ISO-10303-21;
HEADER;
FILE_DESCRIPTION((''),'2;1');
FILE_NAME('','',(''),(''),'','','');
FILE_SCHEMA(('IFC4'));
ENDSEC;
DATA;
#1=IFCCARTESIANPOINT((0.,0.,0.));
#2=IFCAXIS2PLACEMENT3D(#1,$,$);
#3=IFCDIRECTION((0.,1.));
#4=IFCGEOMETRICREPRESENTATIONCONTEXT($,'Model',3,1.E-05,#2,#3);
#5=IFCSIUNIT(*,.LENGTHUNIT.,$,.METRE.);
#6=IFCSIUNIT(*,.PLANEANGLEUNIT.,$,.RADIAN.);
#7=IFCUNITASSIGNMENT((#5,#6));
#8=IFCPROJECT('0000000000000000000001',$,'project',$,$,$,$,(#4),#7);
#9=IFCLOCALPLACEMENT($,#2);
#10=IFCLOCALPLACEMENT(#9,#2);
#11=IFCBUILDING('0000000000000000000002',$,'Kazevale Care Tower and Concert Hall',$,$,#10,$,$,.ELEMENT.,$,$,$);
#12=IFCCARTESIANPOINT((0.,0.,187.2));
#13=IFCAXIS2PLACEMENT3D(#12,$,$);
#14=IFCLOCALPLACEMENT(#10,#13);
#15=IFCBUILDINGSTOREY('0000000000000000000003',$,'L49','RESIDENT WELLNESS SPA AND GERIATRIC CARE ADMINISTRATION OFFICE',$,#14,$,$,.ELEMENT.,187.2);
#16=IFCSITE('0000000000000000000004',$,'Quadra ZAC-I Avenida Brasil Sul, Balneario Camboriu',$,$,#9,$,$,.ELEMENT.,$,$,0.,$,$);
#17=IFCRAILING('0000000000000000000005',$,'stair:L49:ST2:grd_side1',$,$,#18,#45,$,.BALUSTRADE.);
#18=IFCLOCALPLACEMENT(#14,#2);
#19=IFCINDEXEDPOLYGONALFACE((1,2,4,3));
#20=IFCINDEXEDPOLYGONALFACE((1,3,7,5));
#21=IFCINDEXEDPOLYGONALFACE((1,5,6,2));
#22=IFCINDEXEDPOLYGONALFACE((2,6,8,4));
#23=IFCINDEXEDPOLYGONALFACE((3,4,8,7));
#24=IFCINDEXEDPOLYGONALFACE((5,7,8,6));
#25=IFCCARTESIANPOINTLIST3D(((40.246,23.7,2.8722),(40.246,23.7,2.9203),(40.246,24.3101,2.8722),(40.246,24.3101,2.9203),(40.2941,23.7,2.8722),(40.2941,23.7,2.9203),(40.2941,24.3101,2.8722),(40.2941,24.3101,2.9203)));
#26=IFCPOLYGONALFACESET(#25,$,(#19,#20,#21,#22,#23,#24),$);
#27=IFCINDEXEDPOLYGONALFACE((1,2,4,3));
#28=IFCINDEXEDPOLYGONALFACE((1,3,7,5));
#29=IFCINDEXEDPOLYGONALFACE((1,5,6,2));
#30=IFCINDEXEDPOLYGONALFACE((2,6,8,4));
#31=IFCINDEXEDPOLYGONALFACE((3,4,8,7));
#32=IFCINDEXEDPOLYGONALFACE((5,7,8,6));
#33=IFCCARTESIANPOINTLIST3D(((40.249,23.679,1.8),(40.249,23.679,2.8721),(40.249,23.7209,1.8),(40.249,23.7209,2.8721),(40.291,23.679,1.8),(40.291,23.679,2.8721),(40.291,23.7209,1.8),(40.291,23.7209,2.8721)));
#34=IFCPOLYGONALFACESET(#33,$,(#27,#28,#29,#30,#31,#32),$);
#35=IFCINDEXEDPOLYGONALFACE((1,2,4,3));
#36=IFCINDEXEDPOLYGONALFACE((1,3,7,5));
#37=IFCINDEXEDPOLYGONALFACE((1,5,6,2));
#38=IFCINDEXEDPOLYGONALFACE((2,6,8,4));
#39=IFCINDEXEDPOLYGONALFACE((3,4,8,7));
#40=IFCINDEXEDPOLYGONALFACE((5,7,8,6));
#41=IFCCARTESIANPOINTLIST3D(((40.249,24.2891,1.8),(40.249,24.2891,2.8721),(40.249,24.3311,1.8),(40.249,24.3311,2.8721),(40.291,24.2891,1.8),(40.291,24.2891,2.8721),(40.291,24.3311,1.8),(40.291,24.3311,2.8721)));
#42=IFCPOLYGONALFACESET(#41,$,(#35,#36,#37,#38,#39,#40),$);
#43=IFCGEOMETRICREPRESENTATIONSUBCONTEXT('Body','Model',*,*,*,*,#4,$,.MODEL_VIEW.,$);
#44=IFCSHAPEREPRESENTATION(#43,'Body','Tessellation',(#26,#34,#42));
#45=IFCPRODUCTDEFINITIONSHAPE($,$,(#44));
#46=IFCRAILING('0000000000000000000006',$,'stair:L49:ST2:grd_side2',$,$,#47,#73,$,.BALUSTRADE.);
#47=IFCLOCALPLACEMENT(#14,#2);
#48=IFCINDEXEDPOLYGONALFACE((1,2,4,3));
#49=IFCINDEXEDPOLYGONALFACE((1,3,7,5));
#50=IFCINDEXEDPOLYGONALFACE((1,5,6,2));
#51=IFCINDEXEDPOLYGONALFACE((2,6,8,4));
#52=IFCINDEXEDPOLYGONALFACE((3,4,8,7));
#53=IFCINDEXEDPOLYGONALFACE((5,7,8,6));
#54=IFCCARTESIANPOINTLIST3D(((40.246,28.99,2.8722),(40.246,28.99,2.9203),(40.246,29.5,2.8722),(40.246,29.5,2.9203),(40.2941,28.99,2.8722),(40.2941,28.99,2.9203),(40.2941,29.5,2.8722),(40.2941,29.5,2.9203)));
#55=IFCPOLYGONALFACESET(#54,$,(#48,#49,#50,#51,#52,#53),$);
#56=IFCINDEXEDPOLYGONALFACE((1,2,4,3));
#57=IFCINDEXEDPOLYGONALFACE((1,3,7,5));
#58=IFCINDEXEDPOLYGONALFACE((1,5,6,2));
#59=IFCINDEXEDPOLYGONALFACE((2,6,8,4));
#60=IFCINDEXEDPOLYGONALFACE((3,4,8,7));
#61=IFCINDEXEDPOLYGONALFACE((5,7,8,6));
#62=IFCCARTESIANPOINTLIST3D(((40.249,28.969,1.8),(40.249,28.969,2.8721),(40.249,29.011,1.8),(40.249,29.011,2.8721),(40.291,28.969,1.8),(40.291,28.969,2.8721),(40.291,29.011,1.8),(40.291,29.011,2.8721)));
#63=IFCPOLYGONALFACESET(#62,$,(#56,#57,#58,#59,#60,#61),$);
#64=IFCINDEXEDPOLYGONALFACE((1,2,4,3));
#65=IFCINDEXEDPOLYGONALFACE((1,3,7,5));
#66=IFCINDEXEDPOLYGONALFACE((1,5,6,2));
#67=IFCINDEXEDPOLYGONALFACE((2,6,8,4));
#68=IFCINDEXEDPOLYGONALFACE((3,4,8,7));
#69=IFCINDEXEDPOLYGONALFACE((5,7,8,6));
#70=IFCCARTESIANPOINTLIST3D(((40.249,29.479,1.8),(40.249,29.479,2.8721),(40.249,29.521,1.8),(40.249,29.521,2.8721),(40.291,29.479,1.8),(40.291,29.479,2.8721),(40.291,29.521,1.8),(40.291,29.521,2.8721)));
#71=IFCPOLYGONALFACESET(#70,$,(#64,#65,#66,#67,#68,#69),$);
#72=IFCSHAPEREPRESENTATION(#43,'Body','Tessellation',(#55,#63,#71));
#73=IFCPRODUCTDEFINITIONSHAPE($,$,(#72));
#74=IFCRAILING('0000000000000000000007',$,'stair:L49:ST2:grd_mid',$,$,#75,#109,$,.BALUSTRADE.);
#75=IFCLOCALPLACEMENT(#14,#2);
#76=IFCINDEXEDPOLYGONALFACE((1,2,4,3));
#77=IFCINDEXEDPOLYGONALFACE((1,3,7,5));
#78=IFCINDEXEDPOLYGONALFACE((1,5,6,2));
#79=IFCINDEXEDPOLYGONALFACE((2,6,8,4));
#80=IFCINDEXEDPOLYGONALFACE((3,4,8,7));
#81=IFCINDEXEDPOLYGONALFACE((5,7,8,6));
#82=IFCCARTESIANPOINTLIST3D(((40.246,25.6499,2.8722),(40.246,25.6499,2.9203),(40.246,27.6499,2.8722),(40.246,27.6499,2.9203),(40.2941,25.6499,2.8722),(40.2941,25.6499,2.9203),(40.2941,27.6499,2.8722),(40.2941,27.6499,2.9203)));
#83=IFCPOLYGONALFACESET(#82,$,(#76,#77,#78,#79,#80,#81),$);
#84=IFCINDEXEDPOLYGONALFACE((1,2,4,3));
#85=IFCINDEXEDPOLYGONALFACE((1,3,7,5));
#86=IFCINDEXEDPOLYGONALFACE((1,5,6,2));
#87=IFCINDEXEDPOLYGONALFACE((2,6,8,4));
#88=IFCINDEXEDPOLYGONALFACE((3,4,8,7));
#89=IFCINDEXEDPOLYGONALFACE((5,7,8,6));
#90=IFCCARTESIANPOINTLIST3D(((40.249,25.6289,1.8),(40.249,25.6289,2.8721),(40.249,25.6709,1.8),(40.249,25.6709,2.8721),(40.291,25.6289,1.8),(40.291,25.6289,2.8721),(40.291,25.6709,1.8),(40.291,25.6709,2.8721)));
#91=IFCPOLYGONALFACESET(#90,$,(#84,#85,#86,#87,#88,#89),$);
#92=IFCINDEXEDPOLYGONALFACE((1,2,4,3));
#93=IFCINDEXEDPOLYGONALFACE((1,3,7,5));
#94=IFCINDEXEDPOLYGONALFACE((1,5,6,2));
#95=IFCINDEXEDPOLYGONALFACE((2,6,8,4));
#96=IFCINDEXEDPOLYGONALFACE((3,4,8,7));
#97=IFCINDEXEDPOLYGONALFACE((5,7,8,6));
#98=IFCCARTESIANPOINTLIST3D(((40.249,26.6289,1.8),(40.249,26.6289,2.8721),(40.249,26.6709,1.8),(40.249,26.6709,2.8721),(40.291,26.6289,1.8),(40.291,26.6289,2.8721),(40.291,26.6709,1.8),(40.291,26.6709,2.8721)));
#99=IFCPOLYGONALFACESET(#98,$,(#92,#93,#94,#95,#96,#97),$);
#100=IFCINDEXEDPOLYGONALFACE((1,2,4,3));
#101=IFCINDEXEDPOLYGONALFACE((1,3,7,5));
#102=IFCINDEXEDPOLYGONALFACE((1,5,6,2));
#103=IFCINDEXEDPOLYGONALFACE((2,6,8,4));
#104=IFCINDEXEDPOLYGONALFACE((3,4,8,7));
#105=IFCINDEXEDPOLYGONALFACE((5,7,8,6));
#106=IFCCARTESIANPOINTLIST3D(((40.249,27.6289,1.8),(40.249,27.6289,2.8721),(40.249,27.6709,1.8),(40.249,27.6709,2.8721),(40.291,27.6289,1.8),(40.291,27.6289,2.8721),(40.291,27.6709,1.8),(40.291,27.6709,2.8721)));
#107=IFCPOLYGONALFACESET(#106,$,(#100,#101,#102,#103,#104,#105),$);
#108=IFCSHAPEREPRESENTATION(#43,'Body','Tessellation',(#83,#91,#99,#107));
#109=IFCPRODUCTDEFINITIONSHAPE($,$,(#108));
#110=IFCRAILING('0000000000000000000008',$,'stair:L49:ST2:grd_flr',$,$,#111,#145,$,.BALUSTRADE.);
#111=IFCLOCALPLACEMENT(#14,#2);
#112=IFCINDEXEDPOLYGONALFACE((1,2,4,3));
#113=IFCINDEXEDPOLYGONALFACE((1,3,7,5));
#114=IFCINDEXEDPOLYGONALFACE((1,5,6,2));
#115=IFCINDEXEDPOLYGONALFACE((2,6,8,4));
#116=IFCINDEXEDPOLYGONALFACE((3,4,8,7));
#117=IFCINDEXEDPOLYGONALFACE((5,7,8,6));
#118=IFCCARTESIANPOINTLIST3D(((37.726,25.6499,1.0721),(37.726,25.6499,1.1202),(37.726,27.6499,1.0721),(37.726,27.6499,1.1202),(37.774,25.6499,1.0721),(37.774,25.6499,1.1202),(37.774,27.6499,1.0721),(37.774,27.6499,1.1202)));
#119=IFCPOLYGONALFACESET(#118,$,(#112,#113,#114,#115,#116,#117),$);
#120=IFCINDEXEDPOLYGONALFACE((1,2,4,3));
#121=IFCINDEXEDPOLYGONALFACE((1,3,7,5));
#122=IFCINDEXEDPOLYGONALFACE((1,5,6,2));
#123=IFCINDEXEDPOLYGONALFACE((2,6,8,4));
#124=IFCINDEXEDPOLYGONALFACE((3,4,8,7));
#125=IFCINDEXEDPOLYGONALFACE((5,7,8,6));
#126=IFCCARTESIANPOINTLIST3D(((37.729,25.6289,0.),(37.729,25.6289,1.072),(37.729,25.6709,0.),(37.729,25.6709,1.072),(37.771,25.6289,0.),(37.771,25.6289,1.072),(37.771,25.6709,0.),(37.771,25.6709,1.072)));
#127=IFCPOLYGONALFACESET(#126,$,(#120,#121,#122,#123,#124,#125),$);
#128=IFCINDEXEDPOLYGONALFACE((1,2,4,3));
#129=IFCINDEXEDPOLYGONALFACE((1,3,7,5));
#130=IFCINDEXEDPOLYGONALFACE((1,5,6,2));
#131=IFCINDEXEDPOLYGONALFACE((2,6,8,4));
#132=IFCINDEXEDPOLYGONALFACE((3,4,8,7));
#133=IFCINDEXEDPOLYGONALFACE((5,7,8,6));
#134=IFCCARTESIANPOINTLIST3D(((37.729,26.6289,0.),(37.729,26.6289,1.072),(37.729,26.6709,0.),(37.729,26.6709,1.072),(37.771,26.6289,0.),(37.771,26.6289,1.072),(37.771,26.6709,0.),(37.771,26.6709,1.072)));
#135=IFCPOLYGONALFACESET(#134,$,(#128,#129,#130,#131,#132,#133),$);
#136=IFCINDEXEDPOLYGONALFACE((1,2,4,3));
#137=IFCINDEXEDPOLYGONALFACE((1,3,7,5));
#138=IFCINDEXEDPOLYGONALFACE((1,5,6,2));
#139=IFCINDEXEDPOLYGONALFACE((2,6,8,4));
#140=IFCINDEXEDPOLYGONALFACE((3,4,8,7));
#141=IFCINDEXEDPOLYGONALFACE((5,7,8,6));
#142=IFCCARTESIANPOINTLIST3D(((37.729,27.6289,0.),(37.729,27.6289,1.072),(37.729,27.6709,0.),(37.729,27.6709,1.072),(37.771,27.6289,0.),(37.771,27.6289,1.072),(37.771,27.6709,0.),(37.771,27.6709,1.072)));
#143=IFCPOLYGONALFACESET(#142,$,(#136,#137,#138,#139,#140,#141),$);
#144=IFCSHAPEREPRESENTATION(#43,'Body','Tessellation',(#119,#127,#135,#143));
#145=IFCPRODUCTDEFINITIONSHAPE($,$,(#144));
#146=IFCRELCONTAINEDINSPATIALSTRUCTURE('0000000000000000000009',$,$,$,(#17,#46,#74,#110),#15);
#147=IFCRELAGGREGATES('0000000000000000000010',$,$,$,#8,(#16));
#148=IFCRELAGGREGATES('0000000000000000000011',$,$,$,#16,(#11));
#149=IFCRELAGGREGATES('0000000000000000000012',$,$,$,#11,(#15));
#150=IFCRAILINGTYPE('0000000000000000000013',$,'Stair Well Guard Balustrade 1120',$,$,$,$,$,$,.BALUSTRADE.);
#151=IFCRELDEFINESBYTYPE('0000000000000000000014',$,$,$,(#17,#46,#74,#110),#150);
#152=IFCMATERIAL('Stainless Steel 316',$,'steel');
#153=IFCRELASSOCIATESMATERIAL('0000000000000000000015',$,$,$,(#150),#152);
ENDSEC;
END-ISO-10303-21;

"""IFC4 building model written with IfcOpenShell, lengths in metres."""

from ifc_helpers import new_model, si_unit, direction, frame, origin, origin_2d, place, context, subcontext, project, spatial, rectangle, extrude, material, type_object, element, save


model = new_model("IFC4")

# Units and contexts
model_context = context("Model", 3, precision=1e-05, world=origin(), true_north=direction((0.0, 1.0)))
body_context = subcontext(model_context, "Body", "Model", "MODEL_VIEW")
ifc_project = project(units=[si_unit("LENGTHUNIT", "METRE"), si_unit("PLANEANGLEUNIT", "RADIAN")], contexts=[model_context])

# Site, building, storey
site_placement = place(None, origin())
site = spatial("IfcSite", under=ifc_project, at=site_placement, Name="Quadra ZAC-I Avenida Brasil Sul, Balneario Camboriu", CompositionType="ELEMENT", RefElevation=0.0)
building_placement = place(site_placement, origin())
building = spatial("IfcBuilding", under=site, at=building_placement, Name="Kazevale Care Tower and Concert Hall", CompositionType="ELEMENT")
storey_placement = place(building_placement, frame((0.0, 0.0, 187.2)))
storey = spatial("IfcBuildingStorey", under=building, at=storey_placement, Name="L49", Description="RESIDENT WELLNESS SPA AND GERIATRIC CARE ADMINISTRATION OFFICE", CompositionType="ELEMENT", Elevation=187.2)

# Railings
ifc_material_1 = material(Name="Stainless Steel 316", Category="steel")
railing_type_1 = type_object("IfcRailingType", Name="Stair Well Guard Balustrade 1120", PredefinedType="BALUSTRADE", material=ifc_material_1)
railing_1_placement = place(storey_placement, frame((40.27, 23.7, 1.8)))
element("IfcRailing", 1, at=railing_1_placement, inside=storey, type_object=railing_type_1, Name="stair:L49:ST2:grd_side1", PredefinedType="BALUSTRADE", context=body_context, shape_type="SweptSolid", body=[
    extrude(rectangle(XDim=0.0481, YDim=0.0481, at=origin_2d()), frame((0.0, 0.0, 1.0962), z_axis=(0.0, 1.0, 0.0), x_axis=(-1.0, 0.0, 0.0)), (0.0, 0.0, 1.0), 0.6101),
    extrude(rectangle(XDim=0.042, YDim=0.042, at=origin_2d()), origin(), (0.0, 0.0, 1.0), 1.072),
    extrude(rectangle(XDim=0.042, YDim=0.042, at=origin_2d()), frame((0.0, 0.6101, 0.0)), (0.0, 0.0, 1.0), 1.072),
])
railing_2_placement = place(storey_placement, frame((40.27, 28.99, 1.8)))
element("IfcRailing", 2, at=railing_2_placement, inside=storey, type_object=railing_type_1, Name="stair:L49:ST2:grd_side2", PredefinedType="BALUSTRADE", context=body_context, shape_type="SweptSolid", body=[
    extrude(rectangle(XDim=0.0481, YDim=0.0481, at=origin_2d()), frame((0.0, 0.0, 1.0962), z_axis=(0.0, 1.0, 0.0), x_axis=(-1.0, 0.0, 0.0)), (0.0, 0.0, 1.0), 0.51),
    extrude(rectangle(XDim=0.042, YDim=0.042, at=origin_2d()), origin(), (0.0, 0.0, 1.0), 1.072),
    extrude(rectangle(XDim=0.042, YDim=0.042, at=origin_2d()), frame((0.0, 0.51, 0.0)), (0.0, 0.0, 1.0), 1.072),
])
for number, where, name in (
    (3, (40.27, 25.6499, 1.8), "stair:L49:ST2:grd_mid"),
    (4, (37.75, 25.6499, 0.0), "stair:L49:ST2:grd_flr"),
):
    element("IfcRailing", number, at=place(storey_placement, frame(where)), inside=storey, type_object=railing_type_1, Name=name, PredefinedType="BALUSTRADE", context=body_context, shape_type="SweptSolid", body=[
        extrude(rectangle(XDim=0.0481, YDim=0.0481, at=origin_2d()), frame((0.0, 0.0, 1.0962), z_axis=(0.0, 1.0, 0.0), x_axis=(-1.0, 0.0, 0.0)), (0.0, 0.0, 1.0), 2.0),
        extrude(rectangle(XDim=0.042, YDim=0.042, at=origin_2d()), origin(), (0.0, 0.0, 1.0), 1.072),
        extrude(rectangle(XDim=0.042, YDim=0.042, at=origin_2d()), frame((0.0, 1.0, 0.0)), (0.0, 0.0, 1.0), 1.072),
        extrude(rectangle(XDim=0.042, YDim=0.042, at=origin_2d()), frame((0.0, 2.0, 0.0)), (0.0, 0.0, 1.0), 1.072),
    ])

save(model, "model.ifc")
